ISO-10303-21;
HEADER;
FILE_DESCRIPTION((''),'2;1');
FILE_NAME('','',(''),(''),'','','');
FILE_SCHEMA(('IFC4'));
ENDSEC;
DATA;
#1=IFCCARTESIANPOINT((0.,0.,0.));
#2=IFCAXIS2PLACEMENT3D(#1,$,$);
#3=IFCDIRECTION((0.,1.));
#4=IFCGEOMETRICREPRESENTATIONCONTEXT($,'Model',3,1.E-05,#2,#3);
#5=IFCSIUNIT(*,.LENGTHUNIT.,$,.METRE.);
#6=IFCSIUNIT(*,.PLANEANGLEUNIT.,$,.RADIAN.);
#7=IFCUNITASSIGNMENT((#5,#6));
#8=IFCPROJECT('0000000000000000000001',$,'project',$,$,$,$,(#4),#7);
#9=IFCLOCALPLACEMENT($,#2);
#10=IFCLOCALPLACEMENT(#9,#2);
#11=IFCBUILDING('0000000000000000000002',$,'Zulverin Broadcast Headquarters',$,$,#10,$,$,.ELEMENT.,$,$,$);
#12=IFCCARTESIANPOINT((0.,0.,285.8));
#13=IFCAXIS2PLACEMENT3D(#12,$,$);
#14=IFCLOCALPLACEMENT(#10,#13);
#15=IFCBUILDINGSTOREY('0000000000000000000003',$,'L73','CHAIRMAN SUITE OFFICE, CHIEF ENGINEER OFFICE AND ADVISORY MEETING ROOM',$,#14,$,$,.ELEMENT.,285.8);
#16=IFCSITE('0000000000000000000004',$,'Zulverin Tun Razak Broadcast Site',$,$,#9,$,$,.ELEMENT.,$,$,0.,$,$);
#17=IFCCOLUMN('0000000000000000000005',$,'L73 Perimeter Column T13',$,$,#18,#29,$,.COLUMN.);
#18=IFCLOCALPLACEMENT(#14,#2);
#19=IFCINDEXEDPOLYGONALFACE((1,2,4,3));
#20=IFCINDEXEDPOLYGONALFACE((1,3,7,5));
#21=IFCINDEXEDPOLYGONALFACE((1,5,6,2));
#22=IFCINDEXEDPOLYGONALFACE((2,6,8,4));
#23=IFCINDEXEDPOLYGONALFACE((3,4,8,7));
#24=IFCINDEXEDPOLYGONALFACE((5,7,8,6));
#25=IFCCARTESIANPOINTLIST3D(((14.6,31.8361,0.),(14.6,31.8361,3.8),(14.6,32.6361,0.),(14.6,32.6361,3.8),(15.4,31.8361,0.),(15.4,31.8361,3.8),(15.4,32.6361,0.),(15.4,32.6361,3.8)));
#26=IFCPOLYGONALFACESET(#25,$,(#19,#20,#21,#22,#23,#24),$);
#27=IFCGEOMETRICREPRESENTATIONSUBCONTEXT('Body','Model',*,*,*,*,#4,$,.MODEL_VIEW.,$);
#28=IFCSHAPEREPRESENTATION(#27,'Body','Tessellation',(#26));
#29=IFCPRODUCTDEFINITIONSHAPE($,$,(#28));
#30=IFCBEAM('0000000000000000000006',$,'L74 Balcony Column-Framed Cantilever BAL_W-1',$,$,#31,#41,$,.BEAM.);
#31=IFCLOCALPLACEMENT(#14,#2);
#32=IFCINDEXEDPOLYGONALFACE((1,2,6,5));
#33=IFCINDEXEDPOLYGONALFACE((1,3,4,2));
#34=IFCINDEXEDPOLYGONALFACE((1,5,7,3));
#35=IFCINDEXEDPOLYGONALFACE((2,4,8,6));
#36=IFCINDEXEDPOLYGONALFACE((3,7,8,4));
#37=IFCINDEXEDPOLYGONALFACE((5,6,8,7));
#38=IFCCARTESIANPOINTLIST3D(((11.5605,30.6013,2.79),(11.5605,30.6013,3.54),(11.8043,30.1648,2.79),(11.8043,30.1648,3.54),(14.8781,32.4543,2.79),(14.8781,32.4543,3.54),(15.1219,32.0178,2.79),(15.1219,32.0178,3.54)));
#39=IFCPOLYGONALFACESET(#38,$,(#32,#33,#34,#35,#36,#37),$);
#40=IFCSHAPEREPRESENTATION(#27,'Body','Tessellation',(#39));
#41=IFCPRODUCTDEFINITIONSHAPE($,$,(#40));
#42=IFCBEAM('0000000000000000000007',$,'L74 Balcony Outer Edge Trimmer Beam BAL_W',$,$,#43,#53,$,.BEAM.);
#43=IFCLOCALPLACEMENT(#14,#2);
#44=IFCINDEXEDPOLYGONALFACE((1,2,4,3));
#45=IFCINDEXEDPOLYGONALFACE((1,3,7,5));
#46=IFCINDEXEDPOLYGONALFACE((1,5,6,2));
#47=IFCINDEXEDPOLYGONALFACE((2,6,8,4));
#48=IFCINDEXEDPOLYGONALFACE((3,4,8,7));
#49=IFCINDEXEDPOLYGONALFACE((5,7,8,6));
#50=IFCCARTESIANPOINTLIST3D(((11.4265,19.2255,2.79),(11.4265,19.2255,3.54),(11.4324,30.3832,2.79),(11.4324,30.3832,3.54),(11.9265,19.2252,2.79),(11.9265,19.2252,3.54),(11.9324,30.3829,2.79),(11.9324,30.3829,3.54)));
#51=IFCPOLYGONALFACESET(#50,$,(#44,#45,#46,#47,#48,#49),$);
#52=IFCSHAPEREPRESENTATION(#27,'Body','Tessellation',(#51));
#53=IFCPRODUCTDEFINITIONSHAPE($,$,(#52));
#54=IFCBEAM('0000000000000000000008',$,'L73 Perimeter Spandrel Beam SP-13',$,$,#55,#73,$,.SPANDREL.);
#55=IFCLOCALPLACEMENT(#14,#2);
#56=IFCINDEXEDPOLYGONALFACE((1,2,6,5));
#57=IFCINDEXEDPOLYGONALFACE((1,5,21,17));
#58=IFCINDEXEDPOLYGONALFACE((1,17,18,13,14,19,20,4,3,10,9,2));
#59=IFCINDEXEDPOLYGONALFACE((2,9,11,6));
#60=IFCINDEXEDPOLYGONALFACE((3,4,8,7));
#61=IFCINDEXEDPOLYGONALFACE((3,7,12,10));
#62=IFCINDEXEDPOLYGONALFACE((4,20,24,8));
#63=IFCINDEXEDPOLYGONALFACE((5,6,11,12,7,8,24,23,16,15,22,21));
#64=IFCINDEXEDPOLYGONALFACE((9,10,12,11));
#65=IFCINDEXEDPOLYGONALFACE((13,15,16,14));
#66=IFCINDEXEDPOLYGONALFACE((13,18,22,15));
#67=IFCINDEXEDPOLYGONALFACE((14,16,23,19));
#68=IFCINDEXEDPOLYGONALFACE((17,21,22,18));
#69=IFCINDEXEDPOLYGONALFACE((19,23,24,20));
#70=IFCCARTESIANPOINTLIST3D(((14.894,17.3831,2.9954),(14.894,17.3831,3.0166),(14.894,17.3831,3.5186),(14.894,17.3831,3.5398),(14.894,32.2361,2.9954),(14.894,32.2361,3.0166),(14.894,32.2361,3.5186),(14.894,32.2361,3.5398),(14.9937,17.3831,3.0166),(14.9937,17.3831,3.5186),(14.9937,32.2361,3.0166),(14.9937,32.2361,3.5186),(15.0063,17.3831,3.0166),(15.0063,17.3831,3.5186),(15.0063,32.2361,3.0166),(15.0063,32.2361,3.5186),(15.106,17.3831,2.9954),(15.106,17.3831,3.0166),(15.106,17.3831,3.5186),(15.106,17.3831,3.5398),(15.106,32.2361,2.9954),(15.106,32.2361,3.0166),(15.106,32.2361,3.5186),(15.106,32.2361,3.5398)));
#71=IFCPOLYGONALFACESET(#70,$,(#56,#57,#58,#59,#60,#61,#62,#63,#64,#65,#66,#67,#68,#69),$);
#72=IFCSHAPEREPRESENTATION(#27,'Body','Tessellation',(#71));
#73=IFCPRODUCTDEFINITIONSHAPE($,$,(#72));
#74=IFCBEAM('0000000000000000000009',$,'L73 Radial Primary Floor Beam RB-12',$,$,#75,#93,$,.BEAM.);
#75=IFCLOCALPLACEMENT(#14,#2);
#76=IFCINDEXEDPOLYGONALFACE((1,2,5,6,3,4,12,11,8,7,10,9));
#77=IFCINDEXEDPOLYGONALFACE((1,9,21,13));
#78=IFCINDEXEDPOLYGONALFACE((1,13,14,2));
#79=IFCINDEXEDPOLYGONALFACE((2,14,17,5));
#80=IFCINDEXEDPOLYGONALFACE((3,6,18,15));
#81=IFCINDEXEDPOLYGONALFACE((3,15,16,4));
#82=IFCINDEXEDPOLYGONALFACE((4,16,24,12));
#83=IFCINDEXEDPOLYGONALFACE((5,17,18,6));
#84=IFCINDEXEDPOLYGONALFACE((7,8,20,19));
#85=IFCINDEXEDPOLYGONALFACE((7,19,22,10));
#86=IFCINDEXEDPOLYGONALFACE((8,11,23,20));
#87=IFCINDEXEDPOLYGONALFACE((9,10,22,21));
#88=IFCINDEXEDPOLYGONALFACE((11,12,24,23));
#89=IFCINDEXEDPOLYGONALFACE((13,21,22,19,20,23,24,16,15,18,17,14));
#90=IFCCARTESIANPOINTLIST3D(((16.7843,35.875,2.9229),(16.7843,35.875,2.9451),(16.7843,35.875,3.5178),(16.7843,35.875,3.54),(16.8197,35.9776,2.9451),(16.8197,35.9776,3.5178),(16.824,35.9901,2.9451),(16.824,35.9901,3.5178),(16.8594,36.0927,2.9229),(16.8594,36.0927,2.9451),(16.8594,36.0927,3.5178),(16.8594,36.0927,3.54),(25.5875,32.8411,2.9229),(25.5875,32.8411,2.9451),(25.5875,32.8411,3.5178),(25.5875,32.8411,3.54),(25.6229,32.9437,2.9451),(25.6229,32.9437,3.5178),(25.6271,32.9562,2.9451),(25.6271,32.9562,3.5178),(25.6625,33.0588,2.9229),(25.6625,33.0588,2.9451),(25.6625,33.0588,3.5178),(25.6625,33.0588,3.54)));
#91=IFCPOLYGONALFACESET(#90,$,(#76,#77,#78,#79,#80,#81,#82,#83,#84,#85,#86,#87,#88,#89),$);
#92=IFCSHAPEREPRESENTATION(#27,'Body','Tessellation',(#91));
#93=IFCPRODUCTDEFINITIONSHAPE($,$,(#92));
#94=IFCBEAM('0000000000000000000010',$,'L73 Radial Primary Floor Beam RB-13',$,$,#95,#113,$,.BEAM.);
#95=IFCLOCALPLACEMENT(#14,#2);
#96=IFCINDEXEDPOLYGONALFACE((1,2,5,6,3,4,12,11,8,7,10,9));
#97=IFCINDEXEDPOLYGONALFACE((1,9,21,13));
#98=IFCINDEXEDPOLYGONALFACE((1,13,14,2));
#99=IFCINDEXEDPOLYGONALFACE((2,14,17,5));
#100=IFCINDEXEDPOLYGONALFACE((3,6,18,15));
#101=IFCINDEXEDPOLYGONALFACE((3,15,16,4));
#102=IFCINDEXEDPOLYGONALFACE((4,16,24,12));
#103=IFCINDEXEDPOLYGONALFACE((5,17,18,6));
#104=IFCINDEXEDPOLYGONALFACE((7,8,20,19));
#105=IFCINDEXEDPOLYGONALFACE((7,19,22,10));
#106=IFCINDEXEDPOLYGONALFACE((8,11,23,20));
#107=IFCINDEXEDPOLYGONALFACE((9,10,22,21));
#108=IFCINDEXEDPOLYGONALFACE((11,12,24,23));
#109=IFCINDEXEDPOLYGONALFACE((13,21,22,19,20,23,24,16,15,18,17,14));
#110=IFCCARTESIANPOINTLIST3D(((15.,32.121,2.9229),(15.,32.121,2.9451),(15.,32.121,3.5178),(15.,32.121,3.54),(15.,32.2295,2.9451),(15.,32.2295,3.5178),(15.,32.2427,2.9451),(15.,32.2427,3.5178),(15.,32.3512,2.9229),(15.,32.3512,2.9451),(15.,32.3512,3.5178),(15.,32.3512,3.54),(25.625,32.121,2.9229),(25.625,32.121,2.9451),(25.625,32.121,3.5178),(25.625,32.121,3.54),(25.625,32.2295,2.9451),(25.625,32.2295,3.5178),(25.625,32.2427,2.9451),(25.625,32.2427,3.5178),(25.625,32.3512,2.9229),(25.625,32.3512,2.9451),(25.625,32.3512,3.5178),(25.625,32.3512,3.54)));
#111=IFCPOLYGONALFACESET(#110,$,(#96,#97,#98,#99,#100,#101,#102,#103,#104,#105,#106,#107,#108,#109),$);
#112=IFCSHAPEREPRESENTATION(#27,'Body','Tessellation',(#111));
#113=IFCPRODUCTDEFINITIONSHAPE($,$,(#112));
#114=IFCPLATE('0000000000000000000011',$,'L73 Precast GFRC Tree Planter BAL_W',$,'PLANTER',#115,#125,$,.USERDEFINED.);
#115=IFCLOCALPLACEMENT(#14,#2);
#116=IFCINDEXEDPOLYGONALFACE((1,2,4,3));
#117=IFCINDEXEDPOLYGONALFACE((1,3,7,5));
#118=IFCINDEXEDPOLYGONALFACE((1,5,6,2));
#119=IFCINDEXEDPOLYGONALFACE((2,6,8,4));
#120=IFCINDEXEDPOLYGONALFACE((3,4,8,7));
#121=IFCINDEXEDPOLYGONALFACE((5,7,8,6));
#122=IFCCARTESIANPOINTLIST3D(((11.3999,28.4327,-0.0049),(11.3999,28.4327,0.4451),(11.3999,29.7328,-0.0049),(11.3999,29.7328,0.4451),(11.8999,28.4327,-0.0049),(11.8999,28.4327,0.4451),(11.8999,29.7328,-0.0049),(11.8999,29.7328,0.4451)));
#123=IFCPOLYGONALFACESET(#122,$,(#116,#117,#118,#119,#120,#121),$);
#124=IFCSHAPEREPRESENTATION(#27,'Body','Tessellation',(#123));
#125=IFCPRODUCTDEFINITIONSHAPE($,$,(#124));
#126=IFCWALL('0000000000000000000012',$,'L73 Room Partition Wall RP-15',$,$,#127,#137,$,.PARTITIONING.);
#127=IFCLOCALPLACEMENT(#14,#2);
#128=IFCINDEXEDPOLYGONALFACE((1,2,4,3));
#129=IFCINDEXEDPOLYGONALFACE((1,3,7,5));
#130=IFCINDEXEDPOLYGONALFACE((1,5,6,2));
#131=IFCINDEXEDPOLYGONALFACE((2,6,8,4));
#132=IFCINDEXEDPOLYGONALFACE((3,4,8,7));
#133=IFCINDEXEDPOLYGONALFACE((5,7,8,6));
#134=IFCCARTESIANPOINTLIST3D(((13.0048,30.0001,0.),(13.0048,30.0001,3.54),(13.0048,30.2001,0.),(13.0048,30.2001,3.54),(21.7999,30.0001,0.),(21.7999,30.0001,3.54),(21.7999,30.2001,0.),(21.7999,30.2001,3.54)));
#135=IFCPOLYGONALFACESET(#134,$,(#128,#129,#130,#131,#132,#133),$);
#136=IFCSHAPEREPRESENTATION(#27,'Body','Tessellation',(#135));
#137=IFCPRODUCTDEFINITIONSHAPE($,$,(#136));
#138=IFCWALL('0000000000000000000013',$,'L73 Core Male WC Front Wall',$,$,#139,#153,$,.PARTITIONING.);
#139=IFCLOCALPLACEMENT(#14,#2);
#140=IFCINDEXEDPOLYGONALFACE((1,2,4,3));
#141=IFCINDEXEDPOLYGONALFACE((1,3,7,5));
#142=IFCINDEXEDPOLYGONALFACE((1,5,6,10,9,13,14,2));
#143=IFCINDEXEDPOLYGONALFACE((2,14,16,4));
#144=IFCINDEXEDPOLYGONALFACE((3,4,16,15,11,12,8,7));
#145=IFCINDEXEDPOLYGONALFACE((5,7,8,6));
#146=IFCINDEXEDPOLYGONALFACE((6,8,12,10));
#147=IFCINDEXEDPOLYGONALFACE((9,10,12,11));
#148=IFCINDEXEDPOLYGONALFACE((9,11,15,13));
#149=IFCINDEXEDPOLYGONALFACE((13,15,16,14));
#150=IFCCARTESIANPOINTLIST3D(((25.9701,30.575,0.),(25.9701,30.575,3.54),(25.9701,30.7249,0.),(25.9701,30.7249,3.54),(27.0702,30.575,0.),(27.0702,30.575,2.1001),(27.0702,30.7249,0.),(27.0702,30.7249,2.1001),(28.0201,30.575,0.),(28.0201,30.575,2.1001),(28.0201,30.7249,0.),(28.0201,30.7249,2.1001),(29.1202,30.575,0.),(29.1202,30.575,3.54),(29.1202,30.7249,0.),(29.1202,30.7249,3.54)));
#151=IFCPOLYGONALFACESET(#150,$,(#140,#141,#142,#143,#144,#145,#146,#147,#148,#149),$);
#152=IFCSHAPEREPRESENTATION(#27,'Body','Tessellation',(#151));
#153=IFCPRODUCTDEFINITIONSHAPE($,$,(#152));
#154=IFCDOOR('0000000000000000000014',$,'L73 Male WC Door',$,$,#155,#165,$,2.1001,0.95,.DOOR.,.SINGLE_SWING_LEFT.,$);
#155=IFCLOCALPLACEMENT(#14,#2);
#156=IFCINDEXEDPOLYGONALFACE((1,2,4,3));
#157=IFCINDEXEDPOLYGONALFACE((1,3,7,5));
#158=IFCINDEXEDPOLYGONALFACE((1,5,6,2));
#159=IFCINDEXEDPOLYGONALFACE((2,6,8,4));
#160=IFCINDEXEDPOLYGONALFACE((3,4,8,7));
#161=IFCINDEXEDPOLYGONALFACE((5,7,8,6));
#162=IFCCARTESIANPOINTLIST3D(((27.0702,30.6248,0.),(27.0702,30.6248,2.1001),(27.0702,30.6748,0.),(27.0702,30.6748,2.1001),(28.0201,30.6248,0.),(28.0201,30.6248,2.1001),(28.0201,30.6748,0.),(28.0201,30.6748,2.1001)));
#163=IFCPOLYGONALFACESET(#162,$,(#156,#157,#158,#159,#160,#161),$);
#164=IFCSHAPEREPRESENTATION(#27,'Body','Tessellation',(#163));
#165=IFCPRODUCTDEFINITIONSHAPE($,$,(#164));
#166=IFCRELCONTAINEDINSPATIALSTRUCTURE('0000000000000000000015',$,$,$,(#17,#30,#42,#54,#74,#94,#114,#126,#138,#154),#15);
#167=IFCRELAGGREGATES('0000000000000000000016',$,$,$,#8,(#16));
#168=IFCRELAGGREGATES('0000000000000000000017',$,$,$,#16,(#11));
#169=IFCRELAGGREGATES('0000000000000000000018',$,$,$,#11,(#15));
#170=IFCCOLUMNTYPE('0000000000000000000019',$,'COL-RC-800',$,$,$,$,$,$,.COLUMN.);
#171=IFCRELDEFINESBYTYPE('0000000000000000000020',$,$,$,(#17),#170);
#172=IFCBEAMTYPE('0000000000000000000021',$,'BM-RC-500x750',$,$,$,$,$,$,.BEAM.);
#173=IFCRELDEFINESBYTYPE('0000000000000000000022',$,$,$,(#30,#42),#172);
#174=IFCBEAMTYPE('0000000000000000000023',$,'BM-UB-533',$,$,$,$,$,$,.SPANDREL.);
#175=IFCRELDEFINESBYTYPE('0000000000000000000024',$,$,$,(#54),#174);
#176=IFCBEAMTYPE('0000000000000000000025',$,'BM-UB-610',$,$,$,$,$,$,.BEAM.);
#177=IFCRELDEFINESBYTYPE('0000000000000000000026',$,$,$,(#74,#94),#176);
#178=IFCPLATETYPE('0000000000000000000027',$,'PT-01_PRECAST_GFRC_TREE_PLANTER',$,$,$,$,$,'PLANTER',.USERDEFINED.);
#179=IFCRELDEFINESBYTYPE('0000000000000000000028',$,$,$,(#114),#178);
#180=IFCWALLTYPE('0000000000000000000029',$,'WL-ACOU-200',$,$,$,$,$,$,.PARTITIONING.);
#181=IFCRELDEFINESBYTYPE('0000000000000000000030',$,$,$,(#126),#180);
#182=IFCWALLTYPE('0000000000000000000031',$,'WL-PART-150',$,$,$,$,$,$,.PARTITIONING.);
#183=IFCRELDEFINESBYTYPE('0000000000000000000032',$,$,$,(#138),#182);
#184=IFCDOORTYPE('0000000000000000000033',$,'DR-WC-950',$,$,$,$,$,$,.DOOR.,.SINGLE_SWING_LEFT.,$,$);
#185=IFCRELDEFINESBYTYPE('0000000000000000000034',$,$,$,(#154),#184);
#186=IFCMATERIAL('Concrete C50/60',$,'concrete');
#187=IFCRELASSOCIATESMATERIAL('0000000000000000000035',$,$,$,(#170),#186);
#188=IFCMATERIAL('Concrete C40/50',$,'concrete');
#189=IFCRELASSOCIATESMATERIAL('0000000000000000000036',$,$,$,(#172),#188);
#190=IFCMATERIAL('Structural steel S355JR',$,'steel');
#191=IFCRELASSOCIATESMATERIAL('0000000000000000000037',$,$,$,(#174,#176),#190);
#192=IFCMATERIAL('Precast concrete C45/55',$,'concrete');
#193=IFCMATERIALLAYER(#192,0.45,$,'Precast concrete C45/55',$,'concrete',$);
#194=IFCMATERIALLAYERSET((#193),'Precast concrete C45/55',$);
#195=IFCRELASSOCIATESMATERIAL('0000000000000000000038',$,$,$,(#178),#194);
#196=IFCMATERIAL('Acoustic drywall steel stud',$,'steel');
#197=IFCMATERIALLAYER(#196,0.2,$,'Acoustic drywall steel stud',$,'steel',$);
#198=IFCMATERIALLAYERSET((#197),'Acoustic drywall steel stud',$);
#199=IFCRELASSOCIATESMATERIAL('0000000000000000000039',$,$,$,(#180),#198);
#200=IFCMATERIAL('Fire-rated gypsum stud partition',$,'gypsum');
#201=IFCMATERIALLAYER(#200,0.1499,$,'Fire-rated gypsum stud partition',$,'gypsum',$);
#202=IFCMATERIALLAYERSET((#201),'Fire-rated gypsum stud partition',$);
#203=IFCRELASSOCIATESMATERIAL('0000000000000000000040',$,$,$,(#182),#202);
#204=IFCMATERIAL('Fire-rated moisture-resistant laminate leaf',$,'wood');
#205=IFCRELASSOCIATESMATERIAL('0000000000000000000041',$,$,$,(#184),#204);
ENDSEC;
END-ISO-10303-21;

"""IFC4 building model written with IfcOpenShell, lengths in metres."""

from ifc_helpers import new_model, si_unit, direction, frame, frame_2d, origin, origin_2d, place, context, subcontext, project, spatial, rectangle, i_section, extrude, material, layer, layer_set, material_profile, profile_set, type_object, element, fill, save


model = new_model("IFC4")

# Units and contexts
model_context = context("Model", 3, precision=1e-05, world=origin(), true_north=direction((0.0, 1.0)))
body_context = subcontext(model_context, "Body", "Model", "MODEL_VIEW")
ifc_project = project(units=[si_unit("LENGTHUNIT", "METRE"), si_unit("PLANEANGLEUNIT", "RADIAN")], contexts=[model_context])

# Site, building, storey
site_placement = place(None, origin())
site = spatial("IfcSite", under=ifc_project, at=site_placement, Name="Zulverin Tun Razak Broadcast Site", CompositionType="ELEMENT", RefElevation=0.0)
building_placement = place(site_placement, origin())
building = spatial("IfcBuilding", under=site, at=building_placement, Name="Zulverin Broadcast Headquarters", CompositionType="ELEMENT")
storey_placement = place(building_placement, frame((0.0, 0.0, 285.8)))
storey = spatial("IfcBuildingStorey", under=building, at=storey_placement, Name="L73", Description="CHAIRMAN SUITE OFFICE, CHIEF ENGINEER OFFICE AND ADVISORY MEETING ROOM", CompositionType="ELEMENT", Elevation=285.8)

# Column
ifc_material_1 = material(Name="Concrete C50/60", Category="concrete")
ifc_material_profile_1 = material_profile(ifc_material_1, rectangle(XDim=0.8, YDim=0.8, at=origin_2d()), Name="Concrete C50/60", Category="concrete")
ifc_profile_set_1 = profile_set([ifc_material_profile_1], Name="Concrete C50/60")
column_type = type_object("IfcColumnType", Name="COL-RC-800", PredefinedType="COLUMN", material=ifc_profile_set_1)
column_placement = place(storey_placement, frame((15.0, 32.2361, 0.0), z_axis=(0.0, 0.0, 1.0), x_axis=(1.0, 0.0, 0.0)))
element("IfcColumn", 1, at=column_placement, inside=storey, type_object=column_type, Name="L73 Perimeter Column T13", PredefinedType="COLUMN", context=body_context, shape_type="SweptSolid", body=[
    extrude(rectangle(XDim=0.8, YDim=0.8, at=origin_2d()), origin(), (0.0, 0.0, 1.0), 3.8),
])

# Beams
ifc_material_2 = material(Name="Concrete C40/50", Category="concrete")
ifc_material_profile_2 = material_profile(ifc_material_2, rectangle(XDim=0.5, YDim=0.75, at=origin_2d()), Name="Concrete C40/50", Category="concrete")
ifc_profile_set_2 = profile_set([ifc_material_profile_2], Name="Concrete C40/50")
beam_type_1 = type_object("IfcBeamType", Name="BM-RC-500x750", PredefinedType="BEAM", material=ifc_profile_set_2)
beam_1_placement = place(storey_placement, frame((15.0, 32.2361, 3.165), z_axis=(-0.873049, -0.487633, 0.0), x_axis=(0.487633, -0.873049, 0.0)))
element("IfcBeam", 2, at=beam_1_placement, inside=storey, type_object=beam_type_1, Name="L74 Balcony Column-Framed Cantilever BAL_W-1", PredefinedType="BEAM", context=body_context, shape_type="SweptSolid", body=[
    extrude(rectangle(XDim=0.5, YDim=0.75, at=origin_2d()), origin(), (0.0, 0.0, 1.0), 3.8),
])
beam_2_placement = place(storey_placement, frame((11.6824, 30.3831, 3.165), z_axis=(-0.000525, -1.0, 0.0), x_axis=(1.0, -0.000525, 0.0)))
element("IfcBeam", 3, at=beam_2_placement, inside=storey, type_object=beam_type_1, Name="L74 Balcony Outer Edge Trimmer Beam BAL_W", PredefinedType="BEAM", context=body_context, shape_type="SweptSolid", body=[
    extrude(rectangle(XDim=0.5, YDim=0.75, at=origin_2d()), origin(), (0.0, 0.0, 1.0), 11.1577),
])
ifc_material_3 = material(Name="Structural steel S355JR", Category="steel")
ifc_material_profile_3 = material_profile(ifc_material_3, i_section(OverallWidth=0.2119, OverallDepth=0.5444, WebThickness=0.0127, FlangeThickness=0.0212, at=origin_2d()), Name="Structural steel S355JR", Category="steel")
ifc_profile_set_3 = profile_set([ifc_material_profile_3], Name="Structural steel S355JR")
beam_type_2 = type_object("IfcBeamType", Name="BM-UB-533", PredefinedType="SPANDREL", material=ifc_profile_set_3)
beam_3_placement = place(storey_placement, frame((15.0, 32.2361, 3.2676), z_axis=(0.0, -1.0, 0.0), x_axis=(1.0, 0.0, 0.0)))
element("IfcBeam", 4, at=beam_3_placement, inside=storey, type_object=beam_type_2, Name="L73 Perimeter Spandrel Beam SP-13", PredefinedType="SPANDREL", context=body_context, shape_type="SweptSolid", body=[
    extrude(i_section(OverallWidth=0.2119, OverallDepth=0.5444, WebThickness=0.0127, FlangeThickness=0.0212, at=origin_2d()), origin(), (0.0, 0.0, 1.0), 14.853),
])
ifc_material_profile_4 = material_profile(ifc_material_3, i_section(OverallWidth=0.2302, OverallDepth=0.6172, WebThickness=0.0132, FlangeThickness=0.0222, at=origin_2d()), Name="Structural steel S355JR", Category="steel")
ifc_profile_set_4 = profile_set([ifc_material_profile_4], Name="Structural steel S355JR")
beam_type_3 = type_object("IfcBeamType", Name="BM-UB-610", PredefinedType="BEAM", material=ifc_profile_set_4)
beam_4_placement = place(storey_placement, frame((25.625, 32.95, 3.2314), z_axis=(-0.945428, 0.325831, 0.0), x_axis=(-0.325831, -0.945428, 0.0)))
element("IfcBeam", 5, at=beam_4_placement, inside=storey, type_object=beam_type_3, Name="L73 Radial Primary Floor Beam RB-12", PredefinedType="BEAM", context=body_context, shape_type="SweptSolid", body=[
    extrude(i_section(OverallWidth=0.2302, OverallDepth=0.6172, WebThickness=0.0132, FlangeThickness=0.0222, at=origin_2d()), origin(), (0.0, 0.0, 1.0), 9.3113),
])
beam_5_placement = place(storey_placement, frame((25.625, 32.2361, 3.2314), z_axis=(-1.0, 0.0, 0.0), x_axis=(0.0, -1.0, 0.0)))
element("IfcBeam", 6, at=beam_5_placement, inside=storey, type_object=beam_type_3, Name="L73 Radial Primary Floor Beam RB-13", PredefinedType="BEAM", context=body_context, shape_type="SweptSolid", body=[
    extrude(i_section(OverallWidth=0.2302, OverallDepth=0.6172, WebThickness=0.0132, FlangeThickness=0.0222, at=origin_2d()), origin(), (0.0, 0.0, 1.0), 10.625),
])

# Plate
ifc_material_4 = material(Name="Precast concrete C45/55", Category="concrete")
ifc_layer_1 = layer(ifc_material_4, 0.45, Name="Precast concrete C45/55", Category="concrete")
ifc_layer_set_1 = layer_set([ifc_layer_1], Name="Precast concrete C45/55")
plate_type = type_object("IfcPlateType", Name="PT-01_PRECAST_GFRC_TREE_PLANTER", ElementType="PLANTER", PredefinedType="USERDEFINED", material=ifc_layer_set_1)
plate_placement = place(storey_placement, frame((11.6499, 29.0828, -0.0049), z_axis=(0.0, 0.0, 1.0), x_axis=(0.0, 1.0, 0.0)))
element("IfcPlate", 7, at=plate_placement, inside=storey, type_object=plate_type, Name="L73 Precast GFRC Tree Planter BAL_W", ObjectType="PLANTER", PredefinedType="USERDEFINED", context=body_context, shape_type="SweptSolid", body=[
    extrude(rectangle(XDim=1.3, YDim=0.5, at=origin_2d()), origin(), (0.0, 0.0, 1.0), 0.45),
])

# Wall
ifc_material_5 = material(Name="Acoustic drywall steel stud", Category="steel")
ifc_layer_2 = layer(ifc_material_5, 0.2, Name="Acoustic drywall steel stud", Category="steel")
ifc_layer_set_2 = layer_set([ifc_layer_2], Name="Acoustic drywall steel stud")
wall_type_1 = type_object("IfcWallType", Name="WL-ACOU-200", PredefinedType="PARTITIONING", material=ifc_layer_set_2)
wall_1_placement = place(storey_placement, frame((13.0049, 30.1001, 0.0), z_axis=(0.0, 0.0, 1.0), x_axis=(1.0, 0.0, 0.0)))
element("IfcWall", 8, at=wall_1_placement, inside=storey, type_object=wall_type_1, Name="L73 Room Partition Wall RP-15", PredefinedType="PARTITIONING", context=body_context, shape_type="SweptSolid", body=[
    extrude(rectangle(XDim=8.7952, YDim=0.2, at=frame_2d((4.3975, 0.0))), origin(), (0.0, 0.0, 1.0), 3.54),
])

# Wall, opening, door
ifc_material_6 = material(Name="Fire-rated gypsum stud partition", Category="gypsum")
ifc_layer_3 = layer(ifc_material_6, 0.1499, Name="Fire-rated gypsum stud partition", Category="gypsum")
ifc_layer_set_3 = layer_set([ifc_layer_3], Name="Fire-rated gypsum stud partition")
wall_type_2 = type_object("IfcWallType", Name="WL-PART-150", PredefinedType="PARTITIONING", material=ifc_layer_set_3)
wall_2_placement = place(storey_placement, frame((25.97, 30.6499, 0.0), z_axis=(0.0, 0.0, 1.0), x_axis=(1.0, 0.0, 0.0)))
wall_2 = element("IfcWall", 9, at=wall_2_placement, inside=storey, type_object=wall_type_2, Name="L73 Core Male WC Front Wall", PredefinedType="PARTITIONING", context=body_context, shape_type="SweptSolid", body=[
    extrude(rectangle(XDim=3.1501, YDim=0.1499, at=frame_2d((1.5752, 0.0))), origin(), (0.0, 0.0, 1.0), 3.54),
])
opening_1_placement = place(wall_2_placement, frame((1.1001, 0.0, 0.0)))
opening_1 = element("IfcOpeningElement", 10, at=opening_1_placement, cuts=wall_2, PredefinedType="OPENING", context=body_context, shape_type="SweptSolid", body=[
    extrude(rectangle(XDim=0.95, YDim=2.1001, at=frame_2d((0.4751, 1.05))), frame((0.0, 0.085, 0.0), z_axis=(0.0, -1.0, 0.0), x_axis=(1.0, 0.0, 0.0)), (0.0, 0.0, 1.0), 0.1699),
])
ifc_material_7 = material(Name="Fire-rated moisture-resistant laminate leaf", Category="wood")
door_type_1 = type_object("IfcDoorType", Name="DR-WC-950", OperationType="SINGLE_SWING_LEFT", PredefinedType="DOOR", material=ifc_material_7)
door_1_placement = place(opening_1_placement, origin())
door_1 = element("IfcDoor", 11, at=door_1_placement, inside=storey, type_object=door_type_1, Name="L73 Male WC Door", OperationType="SINGLE_SWING_LEFT", OverallHeight=2.1001, OverallWidth=0.95, PredefinedType="DOOR", context=body_context, shape_type="SweptSolid", body=[
    extrude(rectangle(XDim=0.95, YDim=2.1001, at=frame_2d((0.4751, 1.05))), frame((0.0, 0.0249, 0.0), z_axis=(0.0, -1.0, 0.0), x_axis=(1.0, 0.0, 0.0)), (0.0, 0.0, 1.0), 0.05),
])
fill(opening_1, door_1)

save(model, "model.ifc")
